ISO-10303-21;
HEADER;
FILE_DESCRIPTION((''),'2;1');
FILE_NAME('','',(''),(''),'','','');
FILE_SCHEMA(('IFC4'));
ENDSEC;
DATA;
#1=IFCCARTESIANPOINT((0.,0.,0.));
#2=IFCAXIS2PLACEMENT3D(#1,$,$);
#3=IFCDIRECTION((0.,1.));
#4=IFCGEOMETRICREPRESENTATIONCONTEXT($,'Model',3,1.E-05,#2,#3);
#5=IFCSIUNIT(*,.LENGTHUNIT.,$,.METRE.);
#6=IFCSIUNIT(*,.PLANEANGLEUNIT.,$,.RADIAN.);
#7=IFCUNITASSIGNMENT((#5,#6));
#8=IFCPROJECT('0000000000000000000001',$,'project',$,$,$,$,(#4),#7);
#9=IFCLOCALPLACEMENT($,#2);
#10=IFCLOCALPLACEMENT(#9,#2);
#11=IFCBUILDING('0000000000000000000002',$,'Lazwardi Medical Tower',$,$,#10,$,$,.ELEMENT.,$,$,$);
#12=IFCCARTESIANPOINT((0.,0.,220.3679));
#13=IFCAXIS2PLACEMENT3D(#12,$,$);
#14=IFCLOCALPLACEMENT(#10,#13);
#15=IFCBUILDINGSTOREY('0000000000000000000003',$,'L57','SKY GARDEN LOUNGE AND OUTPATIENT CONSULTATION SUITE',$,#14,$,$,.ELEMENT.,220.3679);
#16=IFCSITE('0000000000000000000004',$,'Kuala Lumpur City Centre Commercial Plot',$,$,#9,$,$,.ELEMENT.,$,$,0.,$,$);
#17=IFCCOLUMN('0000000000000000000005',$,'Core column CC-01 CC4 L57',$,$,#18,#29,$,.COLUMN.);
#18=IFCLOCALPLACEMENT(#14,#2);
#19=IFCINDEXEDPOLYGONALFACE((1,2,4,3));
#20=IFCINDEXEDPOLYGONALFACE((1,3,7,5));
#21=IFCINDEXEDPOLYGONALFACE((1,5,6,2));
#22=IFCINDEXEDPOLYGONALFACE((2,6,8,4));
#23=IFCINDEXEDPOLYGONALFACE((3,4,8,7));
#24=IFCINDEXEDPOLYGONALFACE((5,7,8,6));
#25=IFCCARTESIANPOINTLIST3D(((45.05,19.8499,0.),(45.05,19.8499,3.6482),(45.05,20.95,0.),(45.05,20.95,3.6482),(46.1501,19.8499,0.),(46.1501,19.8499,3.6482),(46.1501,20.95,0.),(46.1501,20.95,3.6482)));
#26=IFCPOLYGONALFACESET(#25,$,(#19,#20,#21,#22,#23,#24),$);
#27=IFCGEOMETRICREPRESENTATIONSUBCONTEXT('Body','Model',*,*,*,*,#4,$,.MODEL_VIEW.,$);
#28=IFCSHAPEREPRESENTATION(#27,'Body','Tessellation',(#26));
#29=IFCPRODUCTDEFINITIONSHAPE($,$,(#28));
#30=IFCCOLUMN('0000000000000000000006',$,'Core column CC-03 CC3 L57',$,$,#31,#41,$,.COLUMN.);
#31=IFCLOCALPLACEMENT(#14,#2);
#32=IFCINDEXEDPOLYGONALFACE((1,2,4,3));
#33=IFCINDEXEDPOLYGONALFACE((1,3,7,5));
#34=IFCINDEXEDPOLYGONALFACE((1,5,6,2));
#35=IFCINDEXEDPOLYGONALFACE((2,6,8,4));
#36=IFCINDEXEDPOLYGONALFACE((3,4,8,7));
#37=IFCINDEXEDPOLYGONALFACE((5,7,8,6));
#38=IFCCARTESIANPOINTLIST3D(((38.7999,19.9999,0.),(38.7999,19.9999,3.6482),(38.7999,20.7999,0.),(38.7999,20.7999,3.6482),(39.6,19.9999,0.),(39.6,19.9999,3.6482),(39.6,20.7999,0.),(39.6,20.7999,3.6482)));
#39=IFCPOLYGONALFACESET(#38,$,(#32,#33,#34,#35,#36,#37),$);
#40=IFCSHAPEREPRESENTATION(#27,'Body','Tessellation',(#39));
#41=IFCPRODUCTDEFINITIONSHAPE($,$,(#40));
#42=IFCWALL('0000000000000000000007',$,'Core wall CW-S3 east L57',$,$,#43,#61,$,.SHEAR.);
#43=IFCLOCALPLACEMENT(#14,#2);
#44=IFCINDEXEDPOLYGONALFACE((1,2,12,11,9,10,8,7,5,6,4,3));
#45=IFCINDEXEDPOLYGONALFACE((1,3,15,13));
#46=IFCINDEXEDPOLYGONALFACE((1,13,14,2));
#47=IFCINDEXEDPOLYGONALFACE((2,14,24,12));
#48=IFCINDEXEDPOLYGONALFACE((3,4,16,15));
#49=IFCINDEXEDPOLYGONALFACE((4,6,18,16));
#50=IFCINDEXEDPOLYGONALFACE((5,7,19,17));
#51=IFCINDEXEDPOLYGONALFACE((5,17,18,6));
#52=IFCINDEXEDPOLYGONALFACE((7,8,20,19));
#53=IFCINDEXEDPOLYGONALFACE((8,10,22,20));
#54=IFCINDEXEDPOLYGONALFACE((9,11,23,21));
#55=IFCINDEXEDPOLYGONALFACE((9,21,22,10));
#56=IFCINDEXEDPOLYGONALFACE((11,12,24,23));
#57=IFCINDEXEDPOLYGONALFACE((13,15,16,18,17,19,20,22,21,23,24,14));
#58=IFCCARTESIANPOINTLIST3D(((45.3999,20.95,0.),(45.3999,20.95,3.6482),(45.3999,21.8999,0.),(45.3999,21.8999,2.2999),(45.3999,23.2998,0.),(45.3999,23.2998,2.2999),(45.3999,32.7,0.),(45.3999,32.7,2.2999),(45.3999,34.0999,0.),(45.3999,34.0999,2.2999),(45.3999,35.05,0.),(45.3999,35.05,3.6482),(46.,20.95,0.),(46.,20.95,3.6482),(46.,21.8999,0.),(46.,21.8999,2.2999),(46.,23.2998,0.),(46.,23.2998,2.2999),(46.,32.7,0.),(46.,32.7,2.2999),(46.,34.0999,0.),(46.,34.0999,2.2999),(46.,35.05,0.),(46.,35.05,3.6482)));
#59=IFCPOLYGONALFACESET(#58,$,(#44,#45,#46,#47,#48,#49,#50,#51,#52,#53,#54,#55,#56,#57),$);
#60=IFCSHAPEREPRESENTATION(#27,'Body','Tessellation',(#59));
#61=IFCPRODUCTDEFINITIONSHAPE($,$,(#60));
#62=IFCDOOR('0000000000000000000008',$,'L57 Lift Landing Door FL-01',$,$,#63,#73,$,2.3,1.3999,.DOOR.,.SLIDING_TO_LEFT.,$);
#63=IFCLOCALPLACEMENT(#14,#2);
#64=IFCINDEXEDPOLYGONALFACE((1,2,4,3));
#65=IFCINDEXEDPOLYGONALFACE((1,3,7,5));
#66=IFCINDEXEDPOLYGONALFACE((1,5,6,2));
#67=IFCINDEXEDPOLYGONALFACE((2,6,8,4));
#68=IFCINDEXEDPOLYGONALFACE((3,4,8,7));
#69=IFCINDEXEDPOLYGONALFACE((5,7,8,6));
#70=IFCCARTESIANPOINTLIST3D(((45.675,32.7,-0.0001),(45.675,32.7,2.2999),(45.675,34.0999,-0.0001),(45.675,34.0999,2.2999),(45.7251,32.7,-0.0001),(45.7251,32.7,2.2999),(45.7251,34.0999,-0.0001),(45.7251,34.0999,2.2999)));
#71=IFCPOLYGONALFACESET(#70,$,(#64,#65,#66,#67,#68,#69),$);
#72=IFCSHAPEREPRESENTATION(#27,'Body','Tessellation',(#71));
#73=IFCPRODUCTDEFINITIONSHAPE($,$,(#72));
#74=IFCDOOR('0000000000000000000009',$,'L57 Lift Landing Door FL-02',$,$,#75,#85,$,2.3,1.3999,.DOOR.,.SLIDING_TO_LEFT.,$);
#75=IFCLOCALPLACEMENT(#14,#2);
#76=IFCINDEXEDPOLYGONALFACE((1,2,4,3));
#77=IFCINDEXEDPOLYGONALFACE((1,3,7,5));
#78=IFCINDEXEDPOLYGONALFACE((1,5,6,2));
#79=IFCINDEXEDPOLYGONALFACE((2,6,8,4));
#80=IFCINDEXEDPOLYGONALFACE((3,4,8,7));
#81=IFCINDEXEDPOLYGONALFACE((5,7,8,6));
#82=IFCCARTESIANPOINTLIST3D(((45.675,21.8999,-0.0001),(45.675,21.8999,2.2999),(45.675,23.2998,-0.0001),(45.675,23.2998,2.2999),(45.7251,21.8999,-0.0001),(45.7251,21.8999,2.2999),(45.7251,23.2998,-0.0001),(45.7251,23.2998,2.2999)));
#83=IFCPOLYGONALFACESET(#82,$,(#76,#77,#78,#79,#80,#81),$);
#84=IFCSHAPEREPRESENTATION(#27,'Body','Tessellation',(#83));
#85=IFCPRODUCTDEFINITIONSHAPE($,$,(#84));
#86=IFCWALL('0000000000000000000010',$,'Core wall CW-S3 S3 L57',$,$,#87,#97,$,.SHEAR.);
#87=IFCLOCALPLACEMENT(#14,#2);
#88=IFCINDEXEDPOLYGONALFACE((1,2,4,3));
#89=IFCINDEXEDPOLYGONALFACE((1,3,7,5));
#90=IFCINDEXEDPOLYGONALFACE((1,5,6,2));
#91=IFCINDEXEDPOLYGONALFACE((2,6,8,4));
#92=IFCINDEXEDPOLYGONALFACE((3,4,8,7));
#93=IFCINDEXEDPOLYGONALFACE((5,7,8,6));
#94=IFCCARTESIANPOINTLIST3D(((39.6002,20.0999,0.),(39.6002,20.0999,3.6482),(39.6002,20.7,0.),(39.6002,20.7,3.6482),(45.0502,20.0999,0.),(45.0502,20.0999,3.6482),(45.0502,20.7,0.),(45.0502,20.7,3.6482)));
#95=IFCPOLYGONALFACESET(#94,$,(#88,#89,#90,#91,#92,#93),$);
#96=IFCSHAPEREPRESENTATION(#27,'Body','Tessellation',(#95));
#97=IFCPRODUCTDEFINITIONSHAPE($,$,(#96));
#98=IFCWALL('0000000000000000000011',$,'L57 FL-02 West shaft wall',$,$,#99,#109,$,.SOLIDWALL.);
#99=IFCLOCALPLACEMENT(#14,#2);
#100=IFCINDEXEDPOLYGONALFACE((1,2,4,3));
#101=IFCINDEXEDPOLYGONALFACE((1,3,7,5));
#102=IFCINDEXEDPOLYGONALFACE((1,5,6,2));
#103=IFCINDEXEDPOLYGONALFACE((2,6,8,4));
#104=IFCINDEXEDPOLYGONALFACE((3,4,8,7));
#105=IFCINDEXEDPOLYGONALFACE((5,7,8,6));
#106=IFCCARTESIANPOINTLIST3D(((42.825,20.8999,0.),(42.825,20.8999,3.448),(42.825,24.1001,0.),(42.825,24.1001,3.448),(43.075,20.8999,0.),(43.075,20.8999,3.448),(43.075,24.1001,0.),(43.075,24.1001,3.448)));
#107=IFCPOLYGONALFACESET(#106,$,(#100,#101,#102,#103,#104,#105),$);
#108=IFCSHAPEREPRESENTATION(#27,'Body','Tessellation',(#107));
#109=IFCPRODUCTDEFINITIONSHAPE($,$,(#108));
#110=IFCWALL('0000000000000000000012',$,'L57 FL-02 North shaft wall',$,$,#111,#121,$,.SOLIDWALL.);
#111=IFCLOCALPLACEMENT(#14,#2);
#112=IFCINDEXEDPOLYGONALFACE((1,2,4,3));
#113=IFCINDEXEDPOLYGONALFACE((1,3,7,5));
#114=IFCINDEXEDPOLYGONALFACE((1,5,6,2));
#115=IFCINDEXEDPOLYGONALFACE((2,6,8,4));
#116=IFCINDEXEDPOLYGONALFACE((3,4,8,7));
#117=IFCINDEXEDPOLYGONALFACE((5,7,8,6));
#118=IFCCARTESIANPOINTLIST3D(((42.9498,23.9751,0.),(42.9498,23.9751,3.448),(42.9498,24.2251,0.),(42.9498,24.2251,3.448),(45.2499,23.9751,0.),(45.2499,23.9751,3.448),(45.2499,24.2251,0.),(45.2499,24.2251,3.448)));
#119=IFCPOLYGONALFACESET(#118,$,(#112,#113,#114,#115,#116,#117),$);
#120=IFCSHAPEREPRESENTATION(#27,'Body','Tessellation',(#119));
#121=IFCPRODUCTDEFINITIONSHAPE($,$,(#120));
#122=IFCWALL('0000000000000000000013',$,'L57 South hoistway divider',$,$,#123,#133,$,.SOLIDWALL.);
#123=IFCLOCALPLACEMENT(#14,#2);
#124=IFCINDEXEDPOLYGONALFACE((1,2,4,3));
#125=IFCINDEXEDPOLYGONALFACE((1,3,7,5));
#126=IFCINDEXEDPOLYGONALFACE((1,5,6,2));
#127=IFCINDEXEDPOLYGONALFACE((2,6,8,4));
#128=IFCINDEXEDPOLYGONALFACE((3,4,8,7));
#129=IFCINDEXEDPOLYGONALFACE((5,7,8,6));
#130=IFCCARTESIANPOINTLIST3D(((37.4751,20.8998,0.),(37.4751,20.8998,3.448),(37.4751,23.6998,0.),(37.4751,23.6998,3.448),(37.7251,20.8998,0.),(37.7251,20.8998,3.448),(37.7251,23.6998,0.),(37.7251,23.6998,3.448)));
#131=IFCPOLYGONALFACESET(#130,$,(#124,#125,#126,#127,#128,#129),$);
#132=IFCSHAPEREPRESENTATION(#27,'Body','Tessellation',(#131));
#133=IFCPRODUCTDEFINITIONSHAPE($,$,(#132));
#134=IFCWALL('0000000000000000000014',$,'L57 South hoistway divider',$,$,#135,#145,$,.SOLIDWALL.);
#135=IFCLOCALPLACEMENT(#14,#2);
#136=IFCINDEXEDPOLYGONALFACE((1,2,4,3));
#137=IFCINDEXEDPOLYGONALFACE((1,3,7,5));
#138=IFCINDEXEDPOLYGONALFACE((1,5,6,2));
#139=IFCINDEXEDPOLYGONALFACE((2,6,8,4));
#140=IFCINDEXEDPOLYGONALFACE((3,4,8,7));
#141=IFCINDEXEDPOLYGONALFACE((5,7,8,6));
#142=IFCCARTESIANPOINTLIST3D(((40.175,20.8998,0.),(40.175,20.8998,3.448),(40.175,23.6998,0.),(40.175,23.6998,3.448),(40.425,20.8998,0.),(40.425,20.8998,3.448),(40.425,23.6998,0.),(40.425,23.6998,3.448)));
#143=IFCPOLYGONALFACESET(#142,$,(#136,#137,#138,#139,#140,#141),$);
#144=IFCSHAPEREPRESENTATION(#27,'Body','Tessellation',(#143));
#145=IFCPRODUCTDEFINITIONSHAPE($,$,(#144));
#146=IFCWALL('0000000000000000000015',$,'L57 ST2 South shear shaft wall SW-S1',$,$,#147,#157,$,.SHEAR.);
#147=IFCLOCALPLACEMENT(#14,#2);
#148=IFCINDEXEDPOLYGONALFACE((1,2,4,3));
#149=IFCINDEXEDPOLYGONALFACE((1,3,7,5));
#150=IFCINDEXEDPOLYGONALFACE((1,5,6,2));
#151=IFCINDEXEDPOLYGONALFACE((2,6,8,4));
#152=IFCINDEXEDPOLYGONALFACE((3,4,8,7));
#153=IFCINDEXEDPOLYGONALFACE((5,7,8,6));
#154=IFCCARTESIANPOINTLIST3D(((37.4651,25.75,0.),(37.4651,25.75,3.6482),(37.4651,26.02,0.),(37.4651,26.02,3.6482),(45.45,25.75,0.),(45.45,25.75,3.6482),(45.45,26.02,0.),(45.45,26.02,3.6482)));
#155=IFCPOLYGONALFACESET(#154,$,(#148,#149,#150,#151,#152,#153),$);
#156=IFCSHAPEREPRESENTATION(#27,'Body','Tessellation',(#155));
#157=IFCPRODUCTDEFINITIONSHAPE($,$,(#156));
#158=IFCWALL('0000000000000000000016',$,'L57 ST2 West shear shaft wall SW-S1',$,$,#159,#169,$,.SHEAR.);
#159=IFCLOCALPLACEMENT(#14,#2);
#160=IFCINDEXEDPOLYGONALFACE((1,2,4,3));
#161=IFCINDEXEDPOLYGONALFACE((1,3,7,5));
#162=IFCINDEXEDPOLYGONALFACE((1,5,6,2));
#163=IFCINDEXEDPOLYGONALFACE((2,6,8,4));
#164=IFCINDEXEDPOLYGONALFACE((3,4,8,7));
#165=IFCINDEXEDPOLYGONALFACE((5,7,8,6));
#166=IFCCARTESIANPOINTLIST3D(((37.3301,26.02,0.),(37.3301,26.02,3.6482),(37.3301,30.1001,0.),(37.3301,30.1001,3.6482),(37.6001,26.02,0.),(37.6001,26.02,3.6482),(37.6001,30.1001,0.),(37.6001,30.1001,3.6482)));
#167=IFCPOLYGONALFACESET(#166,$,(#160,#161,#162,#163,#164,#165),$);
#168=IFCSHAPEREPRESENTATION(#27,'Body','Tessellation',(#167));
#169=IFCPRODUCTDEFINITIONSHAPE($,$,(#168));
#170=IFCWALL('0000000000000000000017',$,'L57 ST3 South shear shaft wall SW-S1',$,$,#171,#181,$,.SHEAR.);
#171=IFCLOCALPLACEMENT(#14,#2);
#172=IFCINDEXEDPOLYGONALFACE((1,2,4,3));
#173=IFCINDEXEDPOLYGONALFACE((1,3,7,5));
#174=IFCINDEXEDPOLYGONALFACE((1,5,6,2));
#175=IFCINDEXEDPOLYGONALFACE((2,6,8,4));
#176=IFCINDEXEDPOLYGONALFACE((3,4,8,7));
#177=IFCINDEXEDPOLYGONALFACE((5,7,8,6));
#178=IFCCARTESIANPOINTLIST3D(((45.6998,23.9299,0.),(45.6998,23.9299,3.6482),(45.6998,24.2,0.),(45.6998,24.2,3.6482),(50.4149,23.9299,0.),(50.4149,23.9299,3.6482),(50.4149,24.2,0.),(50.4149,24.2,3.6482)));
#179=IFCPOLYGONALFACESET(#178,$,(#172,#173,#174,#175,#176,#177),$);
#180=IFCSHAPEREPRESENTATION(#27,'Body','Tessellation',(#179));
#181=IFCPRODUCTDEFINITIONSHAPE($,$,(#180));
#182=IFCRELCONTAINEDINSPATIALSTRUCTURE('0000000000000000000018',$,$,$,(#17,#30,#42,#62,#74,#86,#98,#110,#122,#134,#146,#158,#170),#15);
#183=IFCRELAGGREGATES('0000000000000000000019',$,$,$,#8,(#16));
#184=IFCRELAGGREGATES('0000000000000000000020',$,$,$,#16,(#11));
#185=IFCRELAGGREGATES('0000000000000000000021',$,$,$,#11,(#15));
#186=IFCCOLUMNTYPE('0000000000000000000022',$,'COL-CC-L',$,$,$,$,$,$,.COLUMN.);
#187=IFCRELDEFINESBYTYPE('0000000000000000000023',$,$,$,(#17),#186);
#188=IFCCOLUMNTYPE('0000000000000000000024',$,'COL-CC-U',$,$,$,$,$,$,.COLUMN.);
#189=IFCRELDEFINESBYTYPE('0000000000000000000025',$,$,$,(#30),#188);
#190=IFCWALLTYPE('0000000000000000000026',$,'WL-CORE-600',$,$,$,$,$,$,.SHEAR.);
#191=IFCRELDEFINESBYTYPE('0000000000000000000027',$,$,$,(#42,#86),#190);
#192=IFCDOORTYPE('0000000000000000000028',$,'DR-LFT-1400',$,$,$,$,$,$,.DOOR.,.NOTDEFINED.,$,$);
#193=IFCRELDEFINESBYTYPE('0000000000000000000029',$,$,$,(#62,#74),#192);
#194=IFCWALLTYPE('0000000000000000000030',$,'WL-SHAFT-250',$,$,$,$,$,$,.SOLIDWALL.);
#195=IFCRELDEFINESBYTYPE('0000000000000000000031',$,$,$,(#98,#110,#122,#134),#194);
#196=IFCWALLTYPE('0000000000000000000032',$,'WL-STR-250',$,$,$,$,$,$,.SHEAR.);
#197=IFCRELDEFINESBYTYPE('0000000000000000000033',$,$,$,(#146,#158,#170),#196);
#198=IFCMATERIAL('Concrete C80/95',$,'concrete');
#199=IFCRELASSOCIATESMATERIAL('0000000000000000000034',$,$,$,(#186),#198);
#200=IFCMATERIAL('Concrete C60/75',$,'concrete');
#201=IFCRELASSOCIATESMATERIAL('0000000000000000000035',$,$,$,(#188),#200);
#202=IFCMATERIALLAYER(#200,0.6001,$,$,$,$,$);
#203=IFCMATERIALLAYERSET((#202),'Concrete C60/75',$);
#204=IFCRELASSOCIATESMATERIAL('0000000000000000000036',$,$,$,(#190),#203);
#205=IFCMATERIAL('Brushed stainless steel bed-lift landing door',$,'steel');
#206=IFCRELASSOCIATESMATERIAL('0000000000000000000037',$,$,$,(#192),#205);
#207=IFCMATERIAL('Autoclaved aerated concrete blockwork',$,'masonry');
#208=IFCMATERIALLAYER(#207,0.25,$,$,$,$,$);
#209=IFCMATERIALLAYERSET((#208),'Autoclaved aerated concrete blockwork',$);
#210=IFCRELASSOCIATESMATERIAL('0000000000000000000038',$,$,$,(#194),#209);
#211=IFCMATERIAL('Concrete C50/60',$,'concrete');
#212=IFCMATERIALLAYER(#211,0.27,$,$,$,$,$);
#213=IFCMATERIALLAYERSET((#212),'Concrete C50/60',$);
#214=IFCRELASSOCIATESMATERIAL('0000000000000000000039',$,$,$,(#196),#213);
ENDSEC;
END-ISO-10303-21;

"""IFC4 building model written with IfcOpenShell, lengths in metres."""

from ifc_helpers import new_model, si_unit, direction, frame, frame_2d, origin, origin_2d, place, context, subcontext, project, spatial, rectangle, extrude, material, layer, layer_set, material_profile, profile_set, type_object, element, fill, save


model = new_model("IFC4")

# Units and contexts
model_context = context("Model", 3, precision=1e-05, world=origin(), true_north=direction((0.0, 1.0)))
body_context = subcontext(model_context, "Body", "Model", "MODEL_VIEW")
ifc_project = project(units=[si_unit("LENGTHUNIT", "METRE"), si_unit("PLANEANGLEUNIT", "RADIAN")], contexts=[model_context])

# Site, building, storey
site_placement = place(None, origin())
site = spatial("IfcSite", under=ifc_project, at=site_placement, Name="Kuala Lumpur City Centre Commercial Plot", CompositionType="ELEMENT", RefElevation=0.0)
building_placement = place(site_placement, origin())
building = spatial("IfcBuilding", under=site, at=building_placement, Name="Lazwardi Medical Tower", CompositionType="ELEMENT")
storey_placement = place(building_placement, frame((0.0, 0.0, 220.3679)))
storey = spatial("IfcBuildingStorey", under=building, at=storey_placement, Name="L57", Description="SKY GARDEN LOUNGE AND OUTPATIENT CONSULTATION SUITE", CompositionType="ELEMENT", Elevation=220.3679)

# Columns
ifc_material_1 = material(Name="Concrete C80/95", Category="concrete")
ifc_material_profile_1 = material_profile(ifc_material_1, rectangle(XDim=1.1001, YDim=1.1001, at=origin_2d()), Name="RC 1100x1100")
ifc_profile_set_1 = profile_set([ifc_material_profile_1], Name="Concrete C80/95")
column_type_1 = type_object("IfcColumnType", Name="COL-CC-L", PredefinedType="COLUMN", material=ifc_profile_set_1)
column_1_placement = place(storey_placement, frame((45.6001, 20.3999, 0.0), z_axis=(0.0, 0.0, 1.0), x_axis=(1.0, 0.0, 0.0)))
element("IfcColumn", 1, at=column_1_placement, inside=storey, type_object=column_type_1, Name="Core column CC-01 CC4 L57", PredefinedType="COLUMN", context=body_context, shape_type="SweptSolid", body=[
    extrude(rectangle(XDim=1.1001, YDim=1.1001, at=origin_2d()), origin(), (0.0, 0.0, 1.0), 3.6482),
])
ifc_material_2 = material(Name="Concrete C60/75", Category="concrete")
ifc_material_profile_2 = material_profile(ifc_material_2, rectangle(XDim=0.8, YDim=0.8, at=origin_2d()), Name="RC 800x800")
ifc_profile_set_2 = profile_set([ifc_material_profile_2], Name="Concrete C60/75")
column_type_2 = type_object("IfcColumnType", Name="COL-CC-U", PredefinedType="COLUMN", material=ifc_profile_set_2)
column_2_placement = place(storey_placement, frame((39.2, 20.3999, 0.0), z_axis=(0.0, 0.0, 1.0), x_axis=(1.0, 0.0, 0.0)))
element("IfcColumn", 2, at=column_2_placement, inside=storey, type_object=column_type_2, Name="Core column CC-03 CC3 L57", PredefinedType="COLUMN", context=body_context, shape_type="SweptSolid", body=[
    extrude(rectangle(XDim=0.8, YDim=0.8, at=origin_2d()), origin(), (0.0, 0.0, 1.0), 3.6482),
])

# Wall, openings, doors
ifc_layer_1 = layer(ifc_material_2, 0.6001)
ifc_layer_set_1 = layer_set([ifc_layer_1], Name="Concrete C60/75")
wall_type_1 = type_object("IfcWallType", Name="WL-CORE-600", PredefinedType="SHEAR", material=ifc_layer_set_1)
wall_1_placement = place(storey_placement, frame((45.7, 20.95, 0.0), z_axis=(0.0, 0.0, 1.0), x_axis=(0.0, 1.0, 0.0)))
wall_1 = element("IfcWall", 3, at=wall_1_placement, inside=storey, type_object=wall_type_1, Name="Core wall CW-S3 east L57", PredefinedType="SHEAR", context=body_context, shape_type="SweptSolid", body=[
    extrude(rectangle(XDim=14.1001, YDim=0.6001, at=frame_2d((7.05, 0.0))), origin(), (0.0, 0.0, 1.0), 3.6482),
])
opening_1_placement = place(wall_1_placement, frame((11.75, 0.0, 0.0)))
opening_1 = element("IfcOpeningElement", 4, at=opening_1_placement, cuts=wall_1, PredefinedType="OPENING", context=body_context, shape_type="SweptSolid", body=[
    extrude(rectangle(XDim=1.3999, YDim=2.3, at=frame_2d((0.7, 1.1499))), frame((0.0, 0.3101, 0.0), z_axis=(0.0, -1.0, 0.0), x_axis=(1.0, 0.0, 0.0)), (0.0, 0.0, 1.0), 0.6201),
])
opening_2_placement = place(wall_1_placement, frame((0.95, 0.0, 0.0)))
opening_2 = element("IfcOpeningElement", 5, at=opening_2_placement, cuts=wall_1, PredefinedType="OPENING", context=body_context, shape_type="SweptSolid", body=[
    extrude(rectangle(XDim=1.3999, YDim=2.3, at=frame_2d((0.7, 1.1499))), frame((0.0, 0.3101, 0.0), z_axis=(0.0, -1.0, 0.0), x_axis=(1.0, 0.0, 0.0)), (0.0, 0.0, 1.0), 0.6201),
])
ifc_material_3 = material(Name="Brushed stainless steel bed-lift landing door", Category="steel")
door_type_1 = type_object("IfcDoorType", Name="DR-LFT-1400", OperationType="NOTDEFINED", PredefinedType="DOOR", material=ifc_material_3)
door_1_placement = place(opening_1_placement, origin())
door_1 = element("IfcDoor", 6, at=door_1_placement, inside=storey, type_object=door_type_1, Name="L57 Lift Landing Door FL-01", OperationType="SLIDING_TO_LEFT", OverallHeight=2.3, OverallWidth=1.3999, PredefinedType="DOOR", context=body_context, shape_type="SweptSolid", body=[
    extrude(rectangle(XDim=1.3999, YDim=2.3, at=frame_2d((0.7, 1.1499))), frame((0.0, 0.0249, 0.0), z_axis=(0.0, -1.0, 0.0), x_axis=(1.0, 0.0, 0.0)), (0.0, 0.0, 1.0), 0.05),
])
fill(opening_1, door_1)
door_2_placement = place(opening_2_placement, origin())
door_2 = element("IfcDoor", 7, at=door_2_placement, inside=storey, type_object=door_type_1, Name="L57 Lift Landing Door FL-02", OperationType="SLIDING_TO_LEFT", OverallHeight=2.3, OverallWidth=1.3999, PredefinedType="DOOR", context=body_context, shape_type="SweptSolid", body=[
    extrude(rectangle(XDim=1.3999, YDim=2.3, at=frame_2d((0.7, 1.1499))), frame((0.0, 0.0249, 0.0), z_axis=(0.0, -1.0, 0.0), x_axis=(1.0, 0.0, 0.0)), (0.0, 0.0, 1.0), 0.05),
])
fill(opening_2, door_2)

# Walls
wall_2_placement = place(storey_placement, frame((39.6001, 20.3999, 0.0), z_axis=(0.0, 0.0, 1.0), x_axis=(1.0, 0.0, 0.0)))
element("IfcWall", 8, at=wall_2_placement, inside=storey, type_object=wall_type_1, Name="Core wall CW-S3 S3 L57", PredefinedType="SHEAR", context=body_context, shape_type="SweptSolid", body=[
    extrude(rectangle(XDim=5.45, YDim=0.6001, at=frame_2d((2.7251, 0.0))), origin(), (0.0, 0.0, 1.0), 3.6482),
])
ifc_material_4 = material(Name="Autoclaved aerated concrete blockwork", Category="masonry")
ifc_layer_2 = layer(ifc_material_4, 0.25)
ifc_layer_set_2 = layer_set([ifc_layer_2], Name="Autoclaved aerated concrete blockwork")
wall_type_2 = type_object("IfcWallType", Name="WL-SHAFT-250", PredefinedType="SOLIDWALL", material=ifc_layer_set_2)
wall_3_placement = place(storey_placement, frame((42.95, 20.8999, 0.0), z_axis=(0.0, 0.0, 1.0), x_axis=(0.0, 1.0, 0.0)))
element("IfcWall", 9, at=wall_3_placement, inside=storey, type_object=wall_type_2, Name="L57 FL-02 West shaft wall", PredefinedType="SOLIDWALL", context=body_context, shape_type="SweptSolid", body=[
    extrude(rectangle(XDim=3.2002, YDim=0.25, at=frame_2d((1.6001, 0.0))), origin(), (0.0, 0.0, 1.0), 3.448),
])
wall_4_placement = place(storey_placement, frame((42.95, 24.1001, 0.0), z_axis=(0.0, 0.0, 1.0), x_axis=(1.0, 0.0, 0.0)))
element("IfcWall", 10, at=wall_4_placement, inside=storey, type_object=wall_type_2, Name="L57 FL-02 North shaft wall", PredefinedType="SOLIDWALL", context=body_context, shape_type="SweptSolid", body=[
    extrude(rectangle(XDim=2.3, YDim=0.25, at=frame_2d((1.1499, 0.0))), origin(), (0.0, 0.0, 1.0), 3.448),
])
for number, where, z_axis, x_axis, name in (
    (11, (37.6001, 20.8999, 0.0), (0.0, 0.0, 1.0), (0.0, 1.0, 0.0), "L57 South hoistway divider"),
    (12, (40.3, 20.8999, 0.0), (0.0, 0.0, 1.0), (0.0, 1.0, 0.0), "L57 South hoistway divider"),
):
    element("IfcWall", number, at=place(storey_placement, frame(where, z_axis=z_axis, x_axis=x_axis)), inside=storey, type_object=wall_type_2, Name=name, PredefinedType="SOLIDWALL", context=body_context, shape_type="SweptSolid", body=[
        extrude(rectangle(XDim=2.8, YDim=0.25, at=frame_2d((1.3999, 0.0))), origin(), (0.0, 0.0, 1.0), 3.448),
    ])

# Shared definitions
ifc_material_5 = material(Name="Concrete C50/60", Category="concrete")
ifc_layer_3 = layer(ifc_material_5, 0.27)
ifc_layer_set_3 = layer_set([ifc_layer_3], Name="Concrete C50/60")
wall_type_3 = type_object("IfcWallType", Name="WL-STR-250", PredefinedType="SHEAR", material=ifc_layer_set_3)

# Walls
wall_5_placement = place(storey_placement, frame((37.4651, 25.885, 0.0), z_axis=(0.0, 0.0, 1.0), x_axis=(1.0, 0.0, 0.0)))
element("IfcWall", 13, at=wall_5_placement, inside=storey, type_object=wall_type_3, Name="L57 ST2 South shear shaft wall SW-S1", PredefinedType="SHEAR", context=body_context, shape_type="SweptSolid", body=[
    extrude(rectangle(XDim=7.9849, YDim=0.27, at=frame_2d((3.9924, 0.0))), origin(), (0.0, 0.0, 1.0), 3.6482),
])
wall_6_placement = place(storey_placement, frame((37.4651, 26.02, 0.0), z_axis=(0.0, 0.0, 1.0), x_axis=(0.0, 1.0, 0.0)))
element("IfcWall", 14, at=wall_6_placement, inside=storey, type_object=wall_type_3, Name="L57 ST2 West shear shaft wall SW-S1", PredefinedType="SHEAR", context=body_context, shape_type="SweptSolid", body=[
    extrude(rectangle(XDim=4.0801, YDim=0.27, at=frame_2d((2.04, 0.0))), origin(), (0.0, 0.0, 1.0), 3.6482),
])
wall_7_placement = place(storey_placement, frame((45.7, 24.0649, 0.0), z_axis=(0.0, 0.0, 1.0), x_axis=(1.0, 0.0, 0.0)))
element("IfcWall", 15, at=wall_7_placement, inside=storey, type_object=wall_type_3, Name="L57 ST3 South shear shaft wall SW-S1", PredefinedType="SHEAR", context=body_context, shape_type="SweptSolid", body=[
    extrude(rectangle(XDim=4.7151, YDim=0.27, at=frame_2d((2.3574, 0.0))), origin(), (0.0, 0.0, 1.0), 3.6482),
])

save(model, "model.ifc")
